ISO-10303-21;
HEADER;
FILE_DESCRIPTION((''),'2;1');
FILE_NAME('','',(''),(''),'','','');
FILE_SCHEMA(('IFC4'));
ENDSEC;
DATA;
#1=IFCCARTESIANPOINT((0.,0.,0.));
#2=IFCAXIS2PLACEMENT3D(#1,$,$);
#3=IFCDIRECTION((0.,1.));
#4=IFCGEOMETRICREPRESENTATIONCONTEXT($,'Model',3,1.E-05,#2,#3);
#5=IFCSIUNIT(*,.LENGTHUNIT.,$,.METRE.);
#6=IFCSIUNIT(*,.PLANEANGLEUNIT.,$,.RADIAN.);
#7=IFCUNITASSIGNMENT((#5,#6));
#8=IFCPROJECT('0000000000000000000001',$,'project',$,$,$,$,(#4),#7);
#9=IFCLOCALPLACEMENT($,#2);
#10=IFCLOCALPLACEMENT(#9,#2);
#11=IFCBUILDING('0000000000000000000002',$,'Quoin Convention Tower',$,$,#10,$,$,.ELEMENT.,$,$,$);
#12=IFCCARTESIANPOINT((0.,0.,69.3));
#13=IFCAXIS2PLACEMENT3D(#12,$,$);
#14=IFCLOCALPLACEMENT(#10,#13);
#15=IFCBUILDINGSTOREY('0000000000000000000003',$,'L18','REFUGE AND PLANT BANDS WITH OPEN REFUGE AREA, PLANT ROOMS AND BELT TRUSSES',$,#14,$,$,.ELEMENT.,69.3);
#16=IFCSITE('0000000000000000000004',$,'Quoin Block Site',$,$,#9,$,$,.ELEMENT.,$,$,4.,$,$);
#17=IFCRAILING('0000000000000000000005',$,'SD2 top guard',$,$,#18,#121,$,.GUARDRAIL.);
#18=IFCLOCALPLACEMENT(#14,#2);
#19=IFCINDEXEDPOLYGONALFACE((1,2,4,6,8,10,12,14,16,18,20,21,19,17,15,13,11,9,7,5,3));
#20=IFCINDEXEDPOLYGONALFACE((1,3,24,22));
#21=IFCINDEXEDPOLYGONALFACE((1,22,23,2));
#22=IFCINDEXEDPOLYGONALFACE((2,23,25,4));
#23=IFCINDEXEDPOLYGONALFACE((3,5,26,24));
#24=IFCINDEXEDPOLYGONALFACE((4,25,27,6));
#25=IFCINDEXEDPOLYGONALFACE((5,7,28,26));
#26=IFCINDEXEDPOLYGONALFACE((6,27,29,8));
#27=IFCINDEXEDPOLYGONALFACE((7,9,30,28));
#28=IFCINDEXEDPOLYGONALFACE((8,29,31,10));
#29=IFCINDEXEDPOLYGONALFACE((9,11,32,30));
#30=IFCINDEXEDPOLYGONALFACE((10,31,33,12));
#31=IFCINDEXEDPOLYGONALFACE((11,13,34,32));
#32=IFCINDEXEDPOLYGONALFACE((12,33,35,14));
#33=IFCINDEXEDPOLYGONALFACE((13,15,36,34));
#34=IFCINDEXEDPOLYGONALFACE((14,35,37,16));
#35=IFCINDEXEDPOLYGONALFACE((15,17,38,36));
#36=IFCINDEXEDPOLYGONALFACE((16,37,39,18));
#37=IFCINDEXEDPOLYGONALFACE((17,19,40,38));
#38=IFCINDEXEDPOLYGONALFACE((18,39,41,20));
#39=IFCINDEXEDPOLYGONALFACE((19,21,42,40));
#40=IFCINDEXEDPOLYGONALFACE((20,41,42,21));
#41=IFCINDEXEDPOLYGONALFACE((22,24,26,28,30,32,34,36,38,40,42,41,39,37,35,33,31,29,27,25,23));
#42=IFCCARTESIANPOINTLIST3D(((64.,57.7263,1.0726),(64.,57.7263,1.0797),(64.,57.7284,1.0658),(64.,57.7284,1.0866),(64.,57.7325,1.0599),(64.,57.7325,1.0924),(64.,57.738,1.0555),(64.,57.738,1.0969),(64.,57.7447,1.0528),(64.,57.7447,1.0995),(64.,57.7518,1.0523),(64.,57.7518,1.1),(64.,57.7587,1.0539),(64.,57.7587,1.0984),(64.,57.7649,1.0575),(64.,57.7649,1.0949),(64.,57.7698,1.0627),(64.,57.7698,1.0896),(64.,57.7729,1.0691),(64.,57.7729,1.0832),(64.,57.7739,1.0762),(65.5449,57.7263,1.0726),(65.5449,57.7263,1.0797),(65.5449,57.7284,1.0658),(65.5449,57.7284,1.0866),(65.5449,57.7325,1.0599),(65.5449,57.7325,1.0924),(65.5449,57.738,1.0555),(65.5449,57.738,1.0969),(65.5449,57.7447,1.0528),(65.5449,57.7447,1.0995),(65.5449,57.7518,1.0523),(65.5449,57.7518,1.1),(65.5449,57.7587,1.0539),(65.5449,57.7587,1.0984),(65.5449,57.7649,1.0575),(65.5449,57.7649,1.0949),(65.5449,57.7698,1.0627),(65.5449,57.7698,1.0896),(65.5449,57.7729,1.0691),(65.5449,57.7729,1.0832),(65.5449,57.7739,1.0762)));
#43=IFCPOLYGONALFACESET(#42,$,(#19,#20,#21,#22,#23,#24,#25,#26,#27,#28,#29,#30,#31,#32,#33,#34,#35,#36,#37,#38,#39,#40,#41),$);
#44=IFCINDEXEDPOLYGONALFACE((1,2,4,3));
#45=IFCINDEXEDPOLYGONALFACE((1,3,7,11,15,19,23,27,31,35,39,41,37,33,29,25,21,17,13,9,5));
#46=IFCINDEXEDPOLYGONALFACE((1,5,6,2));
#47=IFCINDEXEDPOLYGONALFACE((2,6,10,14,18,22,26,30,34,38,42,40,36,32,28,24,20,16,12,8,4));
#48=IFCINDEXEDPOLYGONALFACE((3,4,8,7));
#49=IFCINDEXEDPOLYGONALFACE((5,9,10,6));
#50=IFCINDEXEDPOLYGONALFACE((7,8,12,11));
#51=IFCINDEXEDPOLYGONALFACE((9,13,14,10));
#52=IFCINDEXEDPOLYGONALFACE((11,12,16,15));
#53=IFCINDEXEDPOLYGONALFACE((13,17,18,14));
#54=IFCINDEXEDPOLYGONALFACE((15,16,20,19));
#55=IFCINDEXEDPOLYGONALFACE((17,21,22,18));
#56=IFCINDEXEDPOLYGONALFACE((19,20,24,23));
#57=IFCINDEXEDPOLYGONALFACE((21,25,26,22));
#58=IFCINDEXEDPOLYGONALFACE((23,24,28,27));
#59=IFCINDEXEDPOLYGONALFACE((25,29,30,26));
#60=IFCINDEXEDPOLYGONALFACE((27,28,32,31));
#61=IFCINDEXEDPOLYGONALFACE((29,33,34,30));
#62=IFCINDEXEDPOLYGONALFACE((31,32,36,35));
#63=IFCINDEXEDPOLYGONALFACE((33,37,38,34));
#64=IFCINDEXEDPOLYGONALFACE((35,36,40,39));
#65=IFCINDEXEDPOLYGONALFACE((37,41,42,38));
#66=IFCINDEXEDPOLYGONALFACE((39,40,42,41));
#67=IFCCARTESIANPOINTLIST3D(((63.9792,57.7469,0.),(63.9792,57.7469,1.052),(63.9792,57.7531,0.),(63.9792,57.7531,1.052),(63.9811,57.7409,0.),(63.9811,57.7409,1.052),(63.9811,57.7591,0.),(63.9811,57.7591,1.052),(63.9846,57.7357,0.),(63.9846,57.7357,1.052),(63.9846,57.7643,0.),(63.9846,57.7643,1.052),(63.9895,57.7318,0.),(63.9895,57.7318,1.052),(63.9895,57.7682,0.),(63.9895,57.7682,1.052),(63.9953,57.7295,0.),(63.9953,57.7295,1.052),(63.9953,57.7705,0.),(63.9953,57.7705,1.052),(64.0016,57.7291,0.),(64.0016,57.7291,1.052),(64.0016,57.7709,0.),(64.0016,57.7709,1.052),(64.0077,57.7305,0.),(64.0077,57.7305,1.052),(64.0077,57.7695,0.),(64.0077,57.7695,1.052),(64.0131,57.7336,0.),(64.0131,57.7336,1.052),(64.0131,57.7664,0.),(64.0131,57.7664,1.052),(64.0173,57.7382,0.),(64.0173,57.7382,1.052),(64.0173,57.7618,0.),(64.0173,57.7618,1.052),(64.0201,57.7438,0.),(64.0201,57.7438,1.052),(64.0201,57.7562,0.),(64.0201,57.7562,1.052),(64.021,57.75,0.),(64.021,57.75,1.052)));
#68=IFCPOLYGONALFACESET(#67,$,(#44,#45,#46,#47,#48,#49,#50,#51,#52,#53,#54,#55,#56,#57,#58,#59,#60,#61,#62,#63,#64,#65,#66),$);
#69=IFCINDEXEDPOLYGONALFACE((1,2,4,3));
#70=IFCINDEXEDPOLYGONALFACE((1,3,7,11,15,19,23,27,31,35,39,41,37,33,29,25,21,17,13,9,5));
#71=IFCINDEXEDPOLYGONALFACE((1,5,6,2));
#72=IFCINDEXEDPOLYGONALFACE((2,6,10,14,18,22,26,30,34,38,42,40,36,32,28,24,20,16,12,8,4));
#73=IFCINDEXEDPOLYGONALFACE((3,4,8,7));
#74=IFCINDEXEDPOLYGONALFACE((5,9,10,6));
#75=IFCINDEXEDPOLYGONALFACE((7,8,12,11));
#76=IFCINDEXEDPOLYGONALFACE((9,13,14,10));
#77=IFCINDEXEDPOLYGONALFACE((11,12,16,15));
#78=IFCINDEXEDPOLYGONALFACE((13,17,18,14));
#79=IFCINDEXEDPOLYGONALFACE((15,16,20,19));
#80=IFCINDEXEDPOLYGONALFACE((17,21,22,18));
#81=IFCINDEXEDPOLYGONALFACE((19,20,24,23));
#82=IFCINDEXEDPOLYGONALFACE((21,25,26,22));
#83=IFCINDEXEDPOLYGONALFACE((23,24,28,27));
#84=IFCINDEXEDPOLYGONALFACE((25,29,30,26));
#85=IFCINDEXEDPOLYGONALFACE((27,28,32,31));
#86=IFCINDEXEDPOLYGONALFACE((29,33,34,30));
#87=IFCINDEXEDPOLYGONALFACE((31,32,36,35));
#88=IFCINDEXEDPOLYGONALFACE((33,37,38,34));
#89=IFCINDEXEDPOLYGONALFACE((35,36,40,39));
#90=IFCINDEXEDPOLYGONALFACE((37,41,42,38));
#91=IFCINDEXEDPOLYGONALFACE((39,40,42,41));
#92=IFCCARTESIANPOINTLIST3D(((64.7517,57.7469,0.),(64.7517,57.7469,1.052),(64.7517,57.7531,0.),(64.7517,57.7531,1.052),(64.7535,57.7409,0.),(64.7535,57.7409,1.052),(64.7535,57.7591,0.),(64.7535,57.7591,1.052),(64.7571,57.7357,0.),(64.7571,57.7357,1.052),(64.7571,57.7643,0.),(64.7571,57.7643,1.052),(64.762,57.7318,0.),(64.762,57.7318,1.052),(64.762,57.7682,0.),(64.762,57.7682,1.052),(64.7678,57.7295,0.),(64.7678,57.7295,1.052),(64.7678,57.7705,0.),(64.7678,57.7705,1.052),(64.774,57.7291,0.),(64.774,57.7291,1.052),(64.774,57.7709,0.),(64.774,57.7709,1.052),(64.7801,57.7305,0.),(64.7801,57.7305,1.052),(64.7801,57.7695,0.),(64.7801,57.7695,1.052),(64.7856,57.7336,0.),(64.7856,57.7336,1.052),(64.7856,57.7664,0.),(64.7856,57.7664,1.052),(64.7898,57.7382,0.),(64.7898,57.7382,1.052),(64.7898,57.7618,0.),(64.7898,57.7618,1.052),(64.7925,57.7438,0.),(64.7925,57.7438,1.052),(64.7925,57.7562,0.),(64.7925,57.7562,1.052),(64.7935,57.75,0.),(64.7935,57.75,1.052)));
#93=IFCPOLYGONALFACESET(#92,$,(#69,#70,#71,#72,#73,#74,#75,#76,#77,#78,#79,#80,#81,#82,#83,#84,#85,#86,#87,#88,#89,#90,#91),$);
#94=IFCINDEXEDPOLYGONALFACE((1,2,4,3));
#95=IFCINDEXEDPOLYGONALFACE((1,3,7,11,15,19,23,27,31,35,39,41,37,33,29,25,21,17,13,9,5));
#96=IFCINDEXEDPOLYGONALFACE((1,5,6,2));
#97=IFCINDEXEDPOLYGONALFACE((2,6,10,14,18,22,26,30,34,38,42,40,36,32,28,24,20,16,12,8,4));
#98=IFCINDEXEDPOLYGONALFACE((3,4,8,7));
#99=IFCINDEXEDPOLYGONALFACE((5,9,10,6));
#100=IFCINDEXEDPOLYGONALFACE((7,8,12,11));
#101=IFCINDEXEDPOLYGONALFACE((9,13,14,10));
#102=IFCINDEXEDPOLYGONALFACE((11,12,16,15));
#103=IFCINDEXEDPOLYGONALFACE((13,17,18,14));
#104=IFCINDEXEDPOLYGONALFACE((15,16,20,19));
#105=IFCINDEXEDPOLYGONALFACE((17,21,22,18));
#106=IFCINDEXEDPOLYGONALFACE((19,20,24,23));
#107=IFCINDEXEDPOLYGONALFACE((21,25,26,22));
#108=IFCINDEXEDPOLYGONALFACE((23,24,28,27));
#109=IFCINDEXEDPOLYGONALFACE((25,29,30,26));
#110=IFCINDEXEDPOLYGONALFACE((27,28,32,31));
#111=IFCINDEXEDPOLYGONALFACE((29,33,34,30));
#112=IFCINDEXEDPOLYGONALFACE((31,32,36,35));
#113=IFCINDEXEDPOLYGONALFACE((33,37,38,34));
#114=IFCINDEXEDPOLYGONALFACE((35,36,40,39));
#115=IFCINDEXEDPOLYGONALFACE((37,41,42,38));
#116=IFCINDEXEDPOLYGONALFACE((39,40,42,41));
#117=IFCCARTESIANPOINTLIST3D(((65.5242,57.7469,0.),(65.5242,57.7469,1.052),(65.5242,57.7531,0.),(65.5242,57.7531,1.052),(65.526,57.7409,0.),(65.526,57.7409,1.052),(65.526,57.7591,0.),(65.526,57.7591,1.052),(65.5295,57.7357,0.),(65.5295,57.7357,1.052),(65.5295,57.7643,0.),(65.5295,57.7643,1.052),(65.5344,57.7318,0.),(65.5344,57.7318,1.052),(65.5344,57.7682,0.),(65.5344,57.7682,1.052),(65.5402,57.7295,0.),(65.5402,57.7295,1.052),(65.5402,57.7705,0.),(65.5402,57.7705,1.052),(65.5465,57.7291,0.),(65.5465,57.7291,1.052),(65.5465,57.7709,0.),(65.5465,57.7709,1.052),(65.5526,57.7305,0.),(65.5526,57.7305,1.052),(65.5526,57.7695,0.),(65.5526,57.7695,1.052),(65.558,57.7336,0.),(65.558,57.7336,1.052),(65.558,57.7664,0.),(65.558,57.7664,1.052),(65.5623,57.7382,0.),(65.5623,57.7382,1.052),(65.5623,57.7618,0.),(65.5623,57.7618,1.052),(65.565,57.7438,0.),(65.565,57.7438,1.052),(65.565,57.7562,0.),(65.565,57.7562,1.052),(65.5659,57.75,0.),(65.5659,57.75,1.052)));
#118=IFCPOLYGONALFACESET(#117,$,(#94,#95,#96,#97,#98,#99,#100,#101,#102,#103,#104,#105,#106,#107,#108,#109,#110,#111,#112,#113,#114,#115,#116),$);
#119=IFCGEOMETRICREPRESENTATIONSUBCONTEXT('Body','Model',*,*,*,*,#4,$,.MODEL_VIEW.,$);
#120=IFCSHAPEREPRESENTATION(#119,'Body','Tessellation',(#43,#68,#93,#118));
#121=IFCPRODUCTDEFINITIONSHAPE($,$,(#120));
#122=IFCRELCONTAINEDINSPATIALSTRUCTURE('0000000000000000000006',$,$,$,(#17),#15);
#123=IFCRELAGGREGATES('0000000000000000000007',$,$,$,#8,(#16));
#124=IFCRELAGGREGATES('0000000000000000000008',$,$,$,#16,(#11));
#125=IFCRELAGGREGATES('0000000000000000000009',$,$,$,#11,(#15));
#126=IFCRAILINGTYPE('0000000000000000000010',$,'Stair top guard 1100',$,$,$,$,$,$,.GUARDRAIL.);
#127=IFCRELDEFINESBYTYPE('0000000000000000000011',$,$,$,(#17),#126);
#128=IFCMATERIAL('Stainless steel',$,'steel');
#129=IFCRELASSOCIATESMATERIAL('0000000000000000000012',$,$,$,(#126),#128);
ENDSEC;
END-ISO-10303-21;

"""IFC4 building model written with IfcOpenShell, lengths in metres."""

from ifc_helpers import new_model, si_unit, direction, frame, origin, origin_2d, place, context, subcontext, project, spatial, circle, extrude, material, type_object, element, save


model = new_model("IFC4")

# Units and contexts
model_context = context("Model", 3, precision=1e-05, world=origin(), true_north=direction((0.0, 1.0)))
body_context = subcontext(model_context, "Body", "Model", "MODEL_VIEW")
ifc_project = project(units=[si_unit("LENGTHUNIT", "METRE"), si_unit("PLANEANGLEUNIT", "RADIAN")], contexts=[model_context])

# Site, building, storey
site_placement = place(None, origin())
site = spatial("IfcSite", under=ifc_project, at=site_placement, Name="Quoin Block Site", CompositionType="ELEMENT", RefElevation=4.0)
building_placement = place(site_placement, origin())
building = spatial("IfcBuilding", under=site, at=building_placement, Name="Quoin Convention Tower", CompositionType="ELEMENT")
storey_placement = place(building_placement, frame((0.0, 0.0, 69.3)))
storey = spatial("IfcBuildingStorey", under=building, at=storey_placement, Name="L18", Description="REFUGE AND PLANT BANDS WITH OPEN REFUGE AREA, PLANT ROOMS AND BELT TRUSSES", CompositionType="ELEMENT", Elevation=69.3)

# Railing
ifc_material_1 = material(Name="Stainless steel", Category="steel")
railing_type_1 = type_object("IfcRailingType", Name="Stair top guard 1100", PredefinedType="GUARDRAIL", material=ifc_material_1)
railing_1_placement = place(storey_placement, frame((64.0, 57.75, 0.0)))
element("IfcRailing", 1, at=railing_1_placement, inside=storey, type_object=railing_type_1, Name="SD2 top guard", PredefinedType="GUARDRAIL", context=body_context, shape_type="SweptSolid", body=[
    extrude(circle(Radius=0.0239, at=origin_2d()), frame((0.0, 0.0, 1.0762), z_axis=(1.0, 0.0, 0.0), x_axis=(0.0, 1.0, 0.0)), (0.0, 0.0, 1.0), 1.5449),
    extrude(circle(Radius=0.021, at=origin_2d()), origin(), (0.0, 0.0, 1.0), 1.052),
    extrude(circle(Radius=0.021, at=origin_2d()), frame((0.7725, 0.0, 0.0)), (0.0, 0.0, 1.0), 1.052),
    extrude(circle(Radius=0.021, at=origin_2d()), frame((1.5449, 0.0, 0.0)), (0.0, 0.0, 1.0), 1.052),
])

save(model, "model.ifc")
